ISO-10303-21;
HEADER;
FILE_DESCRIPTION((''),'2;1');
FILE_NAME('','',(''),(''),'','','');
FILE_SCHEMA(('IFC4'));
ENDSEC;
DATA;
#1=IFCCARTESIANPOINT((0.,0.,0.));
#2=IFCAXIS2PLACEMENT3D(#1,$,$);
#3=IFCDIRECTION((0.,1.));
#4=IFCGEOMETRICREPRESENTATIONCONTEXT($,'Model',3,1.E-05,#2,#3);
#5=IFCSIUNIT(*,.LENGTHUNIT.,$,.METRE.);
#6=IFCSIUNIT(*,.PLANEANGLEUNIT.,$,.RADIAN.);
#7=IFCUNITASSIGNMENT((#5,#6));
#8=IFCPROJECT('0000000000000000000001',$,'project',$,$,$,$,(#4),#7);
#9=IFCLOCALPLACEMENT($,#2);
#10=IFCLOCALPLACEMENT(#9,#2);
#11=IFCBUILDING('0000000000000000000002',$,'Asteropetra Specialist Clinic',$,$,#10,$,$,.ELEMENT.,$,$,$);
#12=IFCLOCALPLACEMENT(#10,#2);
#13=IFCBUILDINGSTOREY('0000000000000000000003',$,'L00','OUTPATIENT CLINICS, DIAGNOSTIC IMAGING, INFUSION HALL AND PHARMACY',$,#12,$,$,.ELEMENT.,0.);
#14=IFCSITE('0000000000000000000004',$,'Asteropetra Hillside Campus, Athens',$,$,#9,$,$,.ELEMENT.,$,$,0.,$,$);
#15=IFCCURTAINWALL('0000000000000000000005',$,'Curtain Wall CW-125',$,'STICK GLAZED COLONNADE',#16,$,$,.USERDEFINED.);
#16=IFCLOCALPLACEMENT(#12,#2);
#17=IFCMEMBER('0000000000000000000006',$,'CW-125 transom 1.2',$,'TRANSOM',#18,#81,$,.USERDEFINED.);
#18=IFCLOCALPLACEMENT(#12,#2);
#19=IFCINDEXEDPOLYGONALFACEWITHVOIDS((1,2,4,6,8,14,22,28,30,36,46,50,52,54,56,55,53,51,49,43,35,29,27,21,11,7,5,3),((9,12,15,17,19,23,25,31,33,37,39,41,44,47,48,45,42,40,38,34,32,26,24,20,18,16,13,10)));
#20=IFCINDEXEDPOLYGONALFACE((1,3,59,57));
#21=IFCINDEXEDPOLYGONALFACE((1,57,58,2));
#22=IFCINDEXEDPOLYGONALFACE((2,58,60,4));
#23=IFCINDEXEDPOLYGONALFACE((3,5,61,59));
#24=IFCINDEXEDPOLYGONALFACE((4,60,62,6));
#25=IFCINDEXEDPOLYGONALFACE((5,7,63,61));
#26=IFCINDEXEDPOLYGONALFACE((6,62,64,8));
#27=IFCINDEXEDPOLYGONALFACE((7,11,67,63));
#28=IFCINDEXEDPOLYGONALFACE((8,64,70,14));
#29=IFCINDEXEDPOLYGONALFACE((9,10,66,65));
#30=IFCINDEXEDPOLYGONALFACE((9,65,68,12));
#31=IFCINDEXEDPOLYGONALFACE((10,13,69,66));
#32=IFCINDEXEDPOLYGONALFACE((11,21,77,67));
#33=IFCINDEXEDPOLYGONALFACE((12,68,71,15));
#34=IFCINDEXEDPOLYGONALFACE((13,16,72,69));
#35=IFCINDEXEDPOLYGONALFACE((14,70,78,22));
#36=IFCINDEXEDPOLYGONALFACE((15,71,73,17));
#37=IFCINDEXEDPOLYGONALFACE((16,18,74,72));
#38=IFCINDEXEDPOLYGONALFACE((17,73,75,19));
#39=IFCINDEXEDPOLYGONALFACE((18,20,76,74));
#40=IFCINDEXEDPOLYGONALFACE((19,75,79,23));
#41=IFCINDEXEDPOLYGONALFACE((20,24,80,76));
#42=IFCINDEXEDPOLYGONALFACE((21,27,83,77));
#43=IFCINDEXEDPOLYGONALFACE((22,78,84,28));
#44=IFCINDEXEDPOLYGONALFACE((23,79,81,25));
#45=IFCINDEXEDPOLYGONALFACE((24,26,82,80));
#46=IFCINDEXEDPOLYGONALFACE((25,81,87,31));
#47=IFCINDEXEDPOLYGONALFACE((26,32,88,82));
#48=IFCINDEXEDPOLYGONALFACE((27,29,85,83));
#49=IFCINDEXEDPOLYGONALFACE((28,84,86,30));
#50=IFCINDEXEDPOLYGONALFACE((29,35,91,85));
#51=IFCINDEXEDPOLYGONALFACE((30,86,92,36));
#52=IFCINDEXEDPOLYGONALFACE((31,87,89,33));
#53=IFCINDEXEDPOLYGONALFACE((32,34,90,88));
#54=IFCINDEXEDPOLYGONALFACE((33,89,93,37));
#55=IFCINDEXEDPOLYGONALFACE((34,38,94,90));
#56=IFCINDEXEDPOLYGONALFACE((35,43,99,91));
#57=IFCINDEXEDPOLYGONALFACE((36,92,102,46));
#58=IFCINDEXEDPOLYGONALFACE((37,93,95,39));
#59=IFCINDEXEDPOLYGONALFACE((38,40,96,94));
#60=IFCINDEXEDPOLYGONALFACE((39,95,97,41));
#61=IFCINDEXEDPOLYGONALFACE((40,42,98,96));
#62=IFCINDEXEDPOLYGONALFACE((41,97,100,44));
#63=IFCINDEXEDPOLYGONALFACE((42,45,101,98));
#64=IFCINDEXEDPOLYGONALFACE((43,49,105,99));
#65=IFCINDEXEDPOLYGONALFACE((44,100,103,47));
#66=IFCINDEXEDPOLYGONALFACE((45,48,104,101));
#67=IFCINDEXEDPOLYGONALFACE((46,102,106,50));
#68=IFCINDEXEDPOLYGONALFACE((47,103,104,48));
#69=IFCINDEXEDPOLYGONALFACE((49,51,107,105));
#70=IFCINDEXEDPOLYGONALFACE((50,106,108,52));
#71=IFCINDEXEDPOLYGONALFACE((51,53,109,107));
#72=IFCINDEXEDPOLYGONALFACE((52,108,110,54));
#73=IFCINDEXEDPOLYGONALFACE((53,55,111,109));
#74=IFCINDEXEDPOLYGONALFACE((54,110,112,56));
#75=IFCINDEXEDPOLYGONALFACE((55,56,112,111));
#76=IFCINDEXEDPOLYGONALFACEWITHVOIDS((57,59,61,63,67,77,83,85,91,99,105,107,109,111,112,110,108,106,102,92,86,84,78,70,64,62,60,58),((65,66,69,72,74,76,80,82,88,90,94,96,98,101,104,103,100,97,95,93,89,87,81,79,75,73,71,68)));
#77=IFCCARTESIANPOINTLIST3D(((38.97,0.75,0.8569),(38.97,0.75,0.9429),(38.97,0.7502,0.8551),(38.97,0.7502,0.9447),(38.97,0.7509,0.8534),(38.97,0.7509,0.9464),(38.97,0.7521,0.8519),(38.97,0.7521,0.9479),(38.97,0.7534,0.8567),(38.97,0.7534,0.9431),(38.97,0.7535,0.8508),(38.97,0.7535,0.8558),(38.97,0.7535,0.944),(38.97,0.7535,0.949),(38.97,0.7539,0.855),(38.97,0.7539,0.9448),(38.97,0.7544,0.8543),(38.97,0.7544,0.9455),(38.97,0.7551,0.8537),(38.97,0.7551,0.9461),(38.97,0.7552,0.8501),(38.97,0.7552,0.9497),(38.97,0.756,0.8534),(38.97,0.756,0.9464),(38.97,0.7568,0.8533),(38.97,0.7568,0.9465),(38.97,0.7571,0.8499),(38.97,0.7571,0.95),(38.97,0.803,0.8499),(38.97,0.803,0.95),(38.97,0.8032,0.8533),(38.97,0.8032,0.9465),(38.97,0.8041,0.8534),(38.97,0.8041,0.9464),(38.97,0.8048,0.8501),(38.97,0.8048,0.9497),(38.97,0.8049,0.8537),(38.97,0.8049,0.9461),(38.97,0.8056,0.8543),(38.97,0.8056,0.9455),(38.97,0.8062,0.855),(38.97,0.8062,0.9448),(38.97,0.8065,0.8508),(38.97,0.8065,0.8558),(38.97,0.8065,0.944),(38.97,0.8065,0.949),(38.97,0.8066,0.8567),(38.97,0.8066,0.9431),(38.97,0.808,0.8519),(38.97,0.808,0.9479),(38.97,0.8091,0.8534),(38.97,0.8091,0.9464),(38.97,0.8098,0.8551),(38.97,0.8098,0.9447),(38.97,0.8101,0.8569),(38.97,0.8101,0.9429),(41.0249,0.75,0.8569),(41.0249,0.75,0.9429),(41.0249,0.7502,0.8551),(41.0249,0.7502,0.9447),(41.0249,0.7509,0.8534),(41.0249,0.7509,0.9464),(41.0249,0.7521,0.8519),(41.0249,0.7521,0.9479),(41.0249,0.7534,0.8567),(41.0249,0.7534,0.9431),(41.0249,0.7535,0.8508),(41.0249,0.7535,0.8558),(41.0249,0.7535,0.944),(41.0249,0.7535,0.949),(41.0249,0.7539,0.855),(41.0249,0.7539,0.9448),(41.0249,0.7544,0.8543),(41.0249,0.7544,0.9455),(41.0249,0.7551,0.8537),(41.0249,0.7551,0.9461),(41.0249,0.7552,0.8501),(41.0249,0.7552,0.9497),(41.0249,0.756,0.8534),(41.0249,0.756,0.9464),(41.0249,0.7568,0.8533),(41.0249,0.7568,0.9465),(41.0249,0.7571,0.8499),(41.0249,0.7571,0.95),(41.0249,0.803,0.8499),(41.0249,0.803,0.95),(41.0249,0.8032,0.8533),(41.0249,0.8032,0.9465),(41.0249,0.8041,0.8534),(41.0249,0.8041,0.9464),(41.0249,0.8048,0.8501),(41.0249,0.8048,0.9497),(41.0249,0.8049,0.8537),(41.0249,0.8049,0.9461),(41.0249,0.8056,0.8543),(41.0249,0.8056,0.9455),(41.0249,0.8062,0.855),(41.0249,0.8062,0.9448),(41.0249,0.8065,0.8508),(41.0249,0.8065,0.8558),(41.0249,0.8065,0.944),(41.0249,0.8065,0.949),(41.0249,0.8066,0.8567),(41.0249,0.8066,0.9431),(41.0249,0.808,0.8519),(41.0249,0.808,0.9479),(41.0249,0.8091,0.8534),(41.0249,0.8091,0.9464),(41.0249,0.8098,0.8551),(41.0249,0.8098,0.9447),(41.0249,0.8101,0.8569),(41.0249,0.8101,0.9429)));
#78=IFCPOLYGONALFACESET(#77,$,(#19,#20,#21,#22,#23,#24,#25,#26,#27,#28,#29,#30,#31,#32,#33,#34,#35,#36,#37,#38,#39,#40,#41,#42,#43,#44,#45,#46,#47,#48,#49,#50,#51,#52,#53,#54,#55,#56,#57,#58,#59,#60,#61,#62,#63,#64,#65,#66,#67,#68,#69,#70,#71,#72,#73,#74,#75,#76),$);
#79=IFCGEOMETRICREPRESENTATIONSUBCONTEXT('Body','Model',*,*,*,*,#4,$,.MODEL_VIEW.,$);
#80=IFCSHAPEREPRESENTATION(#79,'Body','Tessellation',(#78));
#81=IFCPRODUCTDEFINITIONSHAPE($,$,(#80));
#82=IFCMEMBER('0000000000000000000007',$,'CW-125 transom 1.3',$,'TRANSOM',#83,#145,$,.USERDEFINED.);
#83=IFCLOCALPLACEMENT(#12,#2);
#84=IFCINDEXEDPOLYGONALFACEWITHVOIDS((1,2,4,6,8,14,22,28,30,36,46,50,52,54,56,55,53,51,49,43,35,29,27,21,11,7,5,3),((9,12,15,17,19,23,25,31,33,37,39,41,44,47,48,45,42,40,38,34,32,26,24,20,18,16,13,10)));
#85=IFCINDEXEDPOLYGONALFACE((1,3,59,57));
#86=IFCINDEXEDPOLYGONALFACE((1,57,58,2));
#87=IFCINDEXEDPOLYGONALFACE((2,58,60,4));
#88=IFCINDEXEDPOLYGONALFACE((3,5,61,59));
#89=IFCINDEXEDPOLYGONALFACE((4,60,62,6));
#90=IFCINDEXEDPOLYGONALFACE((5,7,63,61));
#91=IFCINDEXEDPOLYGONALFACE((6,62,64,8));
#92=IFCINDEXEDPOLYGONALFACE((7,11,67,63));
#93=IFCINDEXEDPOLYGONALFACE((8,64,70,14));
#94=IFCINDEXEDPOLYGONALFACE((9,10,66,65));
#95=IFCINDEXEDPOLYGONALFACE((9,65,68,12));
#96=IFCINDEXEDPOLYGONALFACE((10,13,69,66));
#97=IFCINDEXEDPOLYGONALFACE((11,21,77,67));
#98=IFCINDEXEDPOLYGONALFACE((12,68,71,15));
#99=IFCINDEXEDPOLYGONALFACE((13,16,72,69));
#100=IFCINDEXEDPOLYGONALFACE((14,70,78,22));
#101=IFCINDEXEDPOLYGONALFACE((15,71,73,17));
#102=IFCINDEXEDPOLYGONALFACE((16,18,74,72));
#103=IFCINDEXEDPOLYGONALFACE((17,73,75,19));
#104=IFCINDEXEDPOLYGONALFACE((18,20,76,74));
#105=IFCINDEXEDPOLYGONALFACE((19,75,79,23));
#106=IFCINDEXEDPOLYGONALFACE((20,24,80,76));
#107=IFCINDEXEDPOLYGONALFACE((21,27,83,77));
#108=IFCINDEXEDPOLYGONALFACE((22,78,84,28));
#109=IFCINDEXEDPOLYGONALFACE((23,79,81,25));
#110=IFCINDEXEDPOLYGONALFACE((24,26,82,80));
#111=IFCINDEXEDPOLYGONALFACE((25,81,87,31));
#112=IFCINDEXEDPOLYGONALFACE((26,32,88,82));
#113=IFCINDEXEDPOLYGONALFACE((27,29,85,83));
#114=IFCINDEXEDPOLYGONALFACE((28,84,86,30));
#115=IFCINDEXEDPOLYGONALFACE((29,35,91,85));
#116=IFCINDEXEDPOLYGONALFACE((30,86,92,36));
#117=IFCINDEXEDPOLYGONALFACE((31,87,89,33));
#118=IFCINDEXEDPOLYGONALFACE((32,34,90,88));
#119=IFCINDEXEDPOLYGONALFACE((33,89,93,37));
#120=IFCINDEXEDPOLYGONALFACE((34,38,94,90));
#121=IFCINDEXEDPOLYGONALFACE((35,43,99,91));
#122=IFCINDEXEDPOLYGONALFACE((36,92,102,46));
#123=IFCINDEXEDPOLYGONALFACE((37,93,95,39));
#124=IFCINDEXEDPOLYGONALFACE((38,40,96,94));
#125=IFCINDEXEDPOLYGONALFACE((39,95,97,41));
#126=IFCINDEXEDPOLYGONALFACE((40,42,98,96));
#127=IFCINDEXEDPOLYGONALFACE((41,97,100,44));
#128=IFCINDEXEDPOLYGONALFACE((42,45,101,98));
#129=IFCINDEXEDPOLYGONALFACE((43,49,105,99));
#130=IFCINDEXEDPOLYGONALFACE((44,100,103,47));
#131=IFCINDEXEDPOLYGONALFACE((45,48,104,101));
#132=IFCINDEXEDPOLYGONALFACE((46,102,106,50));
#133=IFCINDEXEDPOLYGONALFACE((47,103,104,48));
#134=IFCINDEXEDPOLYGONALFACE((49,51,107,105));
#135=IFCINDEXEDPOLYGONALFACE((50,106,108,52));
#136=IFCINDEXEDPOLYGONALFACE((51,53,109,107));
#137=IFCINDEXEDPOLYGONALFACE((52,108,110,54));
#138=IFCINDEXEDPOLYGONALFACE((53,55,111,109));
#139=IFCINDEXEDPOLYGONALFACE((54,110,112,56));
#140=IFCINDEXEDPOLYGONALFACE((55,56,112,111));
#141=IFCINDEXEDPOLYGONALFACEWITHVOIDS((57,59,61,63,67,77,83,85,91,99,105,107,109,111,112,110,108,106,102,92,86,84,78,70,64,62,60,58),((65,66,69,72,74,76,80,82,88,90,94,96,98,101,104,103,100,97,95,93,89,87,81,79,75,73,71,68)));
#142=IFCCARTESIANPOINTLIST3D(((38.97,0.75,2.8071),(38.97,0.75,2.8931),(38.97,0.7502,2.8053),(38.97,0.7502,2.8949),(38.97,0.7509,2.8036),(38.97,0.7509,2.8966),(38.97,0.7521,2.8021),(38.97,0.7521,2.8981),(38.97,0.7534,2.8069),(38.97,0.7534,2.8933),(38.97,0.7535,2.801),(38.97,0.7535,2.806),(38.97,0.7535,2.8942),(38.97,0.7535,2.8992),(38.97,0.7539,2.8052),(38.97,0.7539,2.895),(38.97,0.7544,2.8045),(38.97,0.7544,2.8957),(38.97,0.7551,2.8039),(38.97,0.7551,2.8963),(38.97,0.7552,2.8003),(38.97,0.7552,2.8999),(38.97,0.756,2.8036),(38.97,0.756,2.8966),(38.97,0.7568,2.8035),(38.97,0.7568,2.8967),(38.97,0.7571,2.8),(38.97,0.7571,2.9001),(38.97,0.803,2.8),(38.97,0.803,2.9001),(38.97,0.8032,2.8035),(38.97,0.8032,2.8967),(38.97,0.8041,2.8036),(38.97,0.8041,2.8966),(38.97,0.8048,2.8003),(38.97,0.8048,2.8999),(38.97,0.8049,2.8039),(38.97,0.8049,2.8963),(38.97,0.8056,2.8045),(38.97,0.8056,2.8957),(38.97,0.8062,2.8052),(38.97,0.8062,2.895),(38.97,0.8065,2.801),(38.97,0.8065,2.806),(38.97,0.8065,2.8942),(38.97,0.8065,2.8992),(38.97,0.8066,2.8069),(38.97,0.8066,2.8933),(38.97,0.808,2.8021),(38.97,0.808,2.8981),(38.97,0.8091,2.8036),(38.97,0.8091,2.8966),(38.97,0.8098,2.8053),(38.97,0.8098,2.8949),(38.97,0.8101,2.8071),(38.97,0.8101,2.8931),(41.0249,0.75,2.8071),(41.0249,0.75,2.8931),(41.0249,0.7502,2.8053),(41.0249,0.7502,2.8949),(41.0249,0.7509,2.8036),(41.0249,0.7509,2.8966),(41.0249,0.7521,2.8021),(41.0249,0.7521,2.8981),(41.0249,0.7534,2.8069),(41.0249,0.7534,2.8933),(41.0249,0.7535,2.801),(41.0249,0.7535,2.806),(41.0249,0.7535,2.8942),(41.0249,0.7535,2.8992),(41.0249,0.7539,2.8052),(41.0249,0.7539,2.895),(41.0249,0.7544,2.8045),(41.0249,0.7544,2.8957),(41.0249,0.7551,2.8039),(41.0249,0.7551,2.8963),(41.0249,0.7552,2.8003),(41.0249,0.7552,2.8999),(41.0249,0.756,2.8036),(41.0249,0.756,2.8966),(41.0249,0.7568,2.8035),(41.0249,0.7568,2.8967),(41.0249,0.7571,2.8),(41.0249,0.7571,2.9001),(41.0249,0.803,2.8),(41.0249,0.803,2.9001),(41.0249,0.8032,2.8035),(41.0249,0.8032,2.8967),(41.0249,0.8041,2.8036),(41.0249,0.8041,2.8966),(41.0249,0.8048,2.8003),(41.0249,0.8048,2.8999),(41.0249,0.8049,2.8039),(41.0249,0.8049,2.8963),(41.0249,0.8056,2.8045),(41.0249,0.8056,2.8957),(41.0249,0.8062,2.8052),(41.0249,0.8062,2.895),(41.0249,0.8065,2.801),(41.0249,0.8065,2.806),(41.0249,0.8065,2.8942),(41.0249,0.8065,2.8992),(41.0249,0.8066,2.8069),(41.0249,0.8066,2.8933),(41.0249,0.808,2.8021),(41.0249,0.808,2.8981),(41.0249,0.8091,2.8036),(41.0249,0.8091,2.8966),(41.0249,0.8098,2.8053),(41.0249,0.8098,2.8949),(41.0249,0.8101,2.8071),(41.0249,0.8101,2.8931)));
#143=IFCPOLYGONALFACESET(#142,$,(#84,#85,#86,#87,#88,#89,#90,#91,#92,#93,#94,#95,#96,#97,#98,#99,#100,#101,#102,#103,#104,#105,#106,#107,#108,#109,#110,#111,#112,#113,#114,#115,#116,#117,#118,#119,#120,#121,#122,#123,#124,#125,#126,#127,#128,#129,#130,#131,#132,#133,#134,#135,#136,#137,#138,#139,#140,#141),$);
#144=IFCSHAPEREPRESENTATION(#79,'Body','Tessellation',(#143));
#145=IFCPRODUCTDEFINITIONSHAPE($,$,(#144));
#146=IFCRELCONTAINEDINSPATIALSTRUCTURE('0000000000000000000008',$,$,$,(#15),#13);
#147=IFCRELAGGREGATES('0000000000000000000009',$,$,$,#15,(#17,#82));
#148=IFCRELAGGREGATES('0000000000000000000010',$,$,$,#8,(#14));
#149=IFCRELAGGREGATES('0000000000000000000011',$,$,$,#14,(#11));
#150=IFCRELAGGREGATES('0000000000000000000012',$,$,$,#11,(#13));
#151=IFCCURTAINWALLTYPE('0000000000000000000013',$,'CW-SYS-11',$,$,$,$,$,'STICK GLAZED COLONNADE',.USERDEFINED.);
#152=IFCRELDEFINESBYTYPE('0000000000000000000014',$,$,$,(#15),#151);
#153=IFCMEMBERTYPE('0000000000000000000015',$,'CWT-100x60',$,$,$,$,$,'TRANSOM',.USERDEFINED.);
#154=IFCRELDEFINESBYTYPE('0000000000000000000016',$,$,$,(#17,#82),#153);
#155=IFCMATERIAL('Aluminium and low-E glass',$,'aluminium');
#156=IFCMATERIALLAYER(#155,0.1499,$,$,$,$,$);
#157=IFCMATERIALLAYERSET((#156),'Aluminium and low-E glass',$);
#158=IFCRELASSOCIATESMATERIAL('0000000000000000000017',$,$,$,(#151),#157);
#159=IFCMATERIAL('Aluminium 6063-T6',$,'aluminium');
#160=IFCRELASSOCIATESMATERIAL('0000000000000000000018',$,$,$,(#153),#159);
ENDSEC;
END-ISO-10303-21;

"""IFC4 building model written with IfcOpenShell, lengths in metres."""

from ifc_helpers import new_model, si_unit, direction, frame, origin, origin_2d, place, context, subcontext, project, spatial, hollow_rectangle, extrude, material, layer, layer_set, material_profile, profile_set, type_object, element, aggregate, save


model = new_model("IFC4")

# Units and contexts
model_context = context("Model", 3, precision=1e-05, world=origin(), true_north=direction((0.0, 1.0)))
body_context = subcontext(model_context, "Body", "Model", "MODEL_VIEW")
ifc_project = project(units=[si_unit("LENGTHUNIT", "METRE"), si_unit("PLANEANGLEUNIT", "RADIAN")], contexts=[model_context])

# Site, building, storey
site_placement = place(None, origin())
site = spatial("IfcSite", under=ifc_project, at=site_placement, Name="Asteropetra Hillside Campus, Athens", CompositionType="ELEMENT", RefElevation=0.0)
building_placement = place(site_placement, origin())
building = spatial("IfcBuilding", under=site, at=building_placement, Name="Asteropetra Specialist Clinic", CompositionType="ELEMENT")
storey_placement = place(building_placement, origin())
storey = spatial("IfcBuildingStorey", under=building, at=storey_placement, Name="L00", Description="OUTPATIENT CLINICS, DIAGNOSTIC IMAGING, INFUSION HALL AND PHARMACY", CompositionType="ELEMENT", Elevation=0.0)

# Curtain wall, members
ifc_material_1 = material(Name="Aluminium and low-E glass", Category="aluminium")
ifc_layer_1 = layer(ifc_material_1, 0.1499)
ifc_layer_set_1 = layer_set([ifc_layer_1], Name="Aluminium and low-E glass")
curtain_wall_type = type_object("IfcCurtainWallType", Name="CW-SYS-11", ElementType="STICK GLAZED COLONNADE", PredefinedType="USERDEFINED", material=ifc_layer_set_1)
curtain_wall_placement = place(storey_placement, origin())
curtain_wall = element("IfcCurtainWall", 1, at=curtain_wall_placement, inside=storey, type_object=curtain_wall_type, Name="Curtain Wall CW-125", ObjectType="STICK GLAZED COLONNADE", PredefinedType="USERDEFINED")
ifc_material_2 = material(Name="Aluminium 6063-T6", Category="aluminium")
ifc_material_profile_1 = material_profile(ifc_material_2, hollow_rectangle(XDim=0.0601, YDim=0.1001, WallThickness=0.0034, InnerFilletRadius=0.0034, OuterFilletRadius=0.0071, at=origin_2d()), Name="TRN 100x60x3.5")
ifc_profile_set_1 = profile_set([ifc_material_profile_1], Name="Aluminium 6063-T6")
member_type_1 = type_object("IfcMemberType", Name="CWT-100x60", ElementType="TRANSOM", PredefinedType="USERDEFINED", material=ifc_profile_set_1)
member_1_placement = place(storey_placement, frame((38.97, 0.78, 0.8999), z_axis=(1.0, 0.0, 0.0), x_axis=(0.0, 1.0, 0.0)))
member_1 = element("IfcMember", 2, at=member_1_placement, type_object=member_type_1, Name="CW-125 transom 1.2", ObjectType="TRANSOM", PredefinedType="USERDEFINED", context=body_context, shape_type="SweptSolid", body=[
    extrude(hollow_rectangle(XDim=0.0601, YDim=0.1001, WallThickness=0.0034, InnerFilletRadius=0.0034, OuterFilletRadius=0.0071, at=origin_2d()), origin(), (0.0, 0.0, 1.0), 2.0549),
])
member_2_placement = place(storey_placement, frame((38.97, 0.78, 2.8501), z_axis=(1.0, 0.0, 0.0), x_axis=(0.0, 1.0, 0.0)))
member_2 = element("IfcMember", 3, at=member_2_placement, type_object=member_type_1, Name="CW-125 transom 1.3", ObjectType="TRANSOM", PredefinedType="USERDEFINED", context=body_context, shape_type="SweptSolid", body=[
    extrude(hollow_rectangle(XDim=0.0601, YDim=0.1001, WallThickness=0.0034, InnerFilletRadius=0.0034, OuterFilletRadius=0.0071, at=origin_2d()), origin(), (0.0, 0.0, 1.0), 2.0549),
])

aggregate(curtain_wall, [member_1, member_2])

save(model, "model.ifc")
